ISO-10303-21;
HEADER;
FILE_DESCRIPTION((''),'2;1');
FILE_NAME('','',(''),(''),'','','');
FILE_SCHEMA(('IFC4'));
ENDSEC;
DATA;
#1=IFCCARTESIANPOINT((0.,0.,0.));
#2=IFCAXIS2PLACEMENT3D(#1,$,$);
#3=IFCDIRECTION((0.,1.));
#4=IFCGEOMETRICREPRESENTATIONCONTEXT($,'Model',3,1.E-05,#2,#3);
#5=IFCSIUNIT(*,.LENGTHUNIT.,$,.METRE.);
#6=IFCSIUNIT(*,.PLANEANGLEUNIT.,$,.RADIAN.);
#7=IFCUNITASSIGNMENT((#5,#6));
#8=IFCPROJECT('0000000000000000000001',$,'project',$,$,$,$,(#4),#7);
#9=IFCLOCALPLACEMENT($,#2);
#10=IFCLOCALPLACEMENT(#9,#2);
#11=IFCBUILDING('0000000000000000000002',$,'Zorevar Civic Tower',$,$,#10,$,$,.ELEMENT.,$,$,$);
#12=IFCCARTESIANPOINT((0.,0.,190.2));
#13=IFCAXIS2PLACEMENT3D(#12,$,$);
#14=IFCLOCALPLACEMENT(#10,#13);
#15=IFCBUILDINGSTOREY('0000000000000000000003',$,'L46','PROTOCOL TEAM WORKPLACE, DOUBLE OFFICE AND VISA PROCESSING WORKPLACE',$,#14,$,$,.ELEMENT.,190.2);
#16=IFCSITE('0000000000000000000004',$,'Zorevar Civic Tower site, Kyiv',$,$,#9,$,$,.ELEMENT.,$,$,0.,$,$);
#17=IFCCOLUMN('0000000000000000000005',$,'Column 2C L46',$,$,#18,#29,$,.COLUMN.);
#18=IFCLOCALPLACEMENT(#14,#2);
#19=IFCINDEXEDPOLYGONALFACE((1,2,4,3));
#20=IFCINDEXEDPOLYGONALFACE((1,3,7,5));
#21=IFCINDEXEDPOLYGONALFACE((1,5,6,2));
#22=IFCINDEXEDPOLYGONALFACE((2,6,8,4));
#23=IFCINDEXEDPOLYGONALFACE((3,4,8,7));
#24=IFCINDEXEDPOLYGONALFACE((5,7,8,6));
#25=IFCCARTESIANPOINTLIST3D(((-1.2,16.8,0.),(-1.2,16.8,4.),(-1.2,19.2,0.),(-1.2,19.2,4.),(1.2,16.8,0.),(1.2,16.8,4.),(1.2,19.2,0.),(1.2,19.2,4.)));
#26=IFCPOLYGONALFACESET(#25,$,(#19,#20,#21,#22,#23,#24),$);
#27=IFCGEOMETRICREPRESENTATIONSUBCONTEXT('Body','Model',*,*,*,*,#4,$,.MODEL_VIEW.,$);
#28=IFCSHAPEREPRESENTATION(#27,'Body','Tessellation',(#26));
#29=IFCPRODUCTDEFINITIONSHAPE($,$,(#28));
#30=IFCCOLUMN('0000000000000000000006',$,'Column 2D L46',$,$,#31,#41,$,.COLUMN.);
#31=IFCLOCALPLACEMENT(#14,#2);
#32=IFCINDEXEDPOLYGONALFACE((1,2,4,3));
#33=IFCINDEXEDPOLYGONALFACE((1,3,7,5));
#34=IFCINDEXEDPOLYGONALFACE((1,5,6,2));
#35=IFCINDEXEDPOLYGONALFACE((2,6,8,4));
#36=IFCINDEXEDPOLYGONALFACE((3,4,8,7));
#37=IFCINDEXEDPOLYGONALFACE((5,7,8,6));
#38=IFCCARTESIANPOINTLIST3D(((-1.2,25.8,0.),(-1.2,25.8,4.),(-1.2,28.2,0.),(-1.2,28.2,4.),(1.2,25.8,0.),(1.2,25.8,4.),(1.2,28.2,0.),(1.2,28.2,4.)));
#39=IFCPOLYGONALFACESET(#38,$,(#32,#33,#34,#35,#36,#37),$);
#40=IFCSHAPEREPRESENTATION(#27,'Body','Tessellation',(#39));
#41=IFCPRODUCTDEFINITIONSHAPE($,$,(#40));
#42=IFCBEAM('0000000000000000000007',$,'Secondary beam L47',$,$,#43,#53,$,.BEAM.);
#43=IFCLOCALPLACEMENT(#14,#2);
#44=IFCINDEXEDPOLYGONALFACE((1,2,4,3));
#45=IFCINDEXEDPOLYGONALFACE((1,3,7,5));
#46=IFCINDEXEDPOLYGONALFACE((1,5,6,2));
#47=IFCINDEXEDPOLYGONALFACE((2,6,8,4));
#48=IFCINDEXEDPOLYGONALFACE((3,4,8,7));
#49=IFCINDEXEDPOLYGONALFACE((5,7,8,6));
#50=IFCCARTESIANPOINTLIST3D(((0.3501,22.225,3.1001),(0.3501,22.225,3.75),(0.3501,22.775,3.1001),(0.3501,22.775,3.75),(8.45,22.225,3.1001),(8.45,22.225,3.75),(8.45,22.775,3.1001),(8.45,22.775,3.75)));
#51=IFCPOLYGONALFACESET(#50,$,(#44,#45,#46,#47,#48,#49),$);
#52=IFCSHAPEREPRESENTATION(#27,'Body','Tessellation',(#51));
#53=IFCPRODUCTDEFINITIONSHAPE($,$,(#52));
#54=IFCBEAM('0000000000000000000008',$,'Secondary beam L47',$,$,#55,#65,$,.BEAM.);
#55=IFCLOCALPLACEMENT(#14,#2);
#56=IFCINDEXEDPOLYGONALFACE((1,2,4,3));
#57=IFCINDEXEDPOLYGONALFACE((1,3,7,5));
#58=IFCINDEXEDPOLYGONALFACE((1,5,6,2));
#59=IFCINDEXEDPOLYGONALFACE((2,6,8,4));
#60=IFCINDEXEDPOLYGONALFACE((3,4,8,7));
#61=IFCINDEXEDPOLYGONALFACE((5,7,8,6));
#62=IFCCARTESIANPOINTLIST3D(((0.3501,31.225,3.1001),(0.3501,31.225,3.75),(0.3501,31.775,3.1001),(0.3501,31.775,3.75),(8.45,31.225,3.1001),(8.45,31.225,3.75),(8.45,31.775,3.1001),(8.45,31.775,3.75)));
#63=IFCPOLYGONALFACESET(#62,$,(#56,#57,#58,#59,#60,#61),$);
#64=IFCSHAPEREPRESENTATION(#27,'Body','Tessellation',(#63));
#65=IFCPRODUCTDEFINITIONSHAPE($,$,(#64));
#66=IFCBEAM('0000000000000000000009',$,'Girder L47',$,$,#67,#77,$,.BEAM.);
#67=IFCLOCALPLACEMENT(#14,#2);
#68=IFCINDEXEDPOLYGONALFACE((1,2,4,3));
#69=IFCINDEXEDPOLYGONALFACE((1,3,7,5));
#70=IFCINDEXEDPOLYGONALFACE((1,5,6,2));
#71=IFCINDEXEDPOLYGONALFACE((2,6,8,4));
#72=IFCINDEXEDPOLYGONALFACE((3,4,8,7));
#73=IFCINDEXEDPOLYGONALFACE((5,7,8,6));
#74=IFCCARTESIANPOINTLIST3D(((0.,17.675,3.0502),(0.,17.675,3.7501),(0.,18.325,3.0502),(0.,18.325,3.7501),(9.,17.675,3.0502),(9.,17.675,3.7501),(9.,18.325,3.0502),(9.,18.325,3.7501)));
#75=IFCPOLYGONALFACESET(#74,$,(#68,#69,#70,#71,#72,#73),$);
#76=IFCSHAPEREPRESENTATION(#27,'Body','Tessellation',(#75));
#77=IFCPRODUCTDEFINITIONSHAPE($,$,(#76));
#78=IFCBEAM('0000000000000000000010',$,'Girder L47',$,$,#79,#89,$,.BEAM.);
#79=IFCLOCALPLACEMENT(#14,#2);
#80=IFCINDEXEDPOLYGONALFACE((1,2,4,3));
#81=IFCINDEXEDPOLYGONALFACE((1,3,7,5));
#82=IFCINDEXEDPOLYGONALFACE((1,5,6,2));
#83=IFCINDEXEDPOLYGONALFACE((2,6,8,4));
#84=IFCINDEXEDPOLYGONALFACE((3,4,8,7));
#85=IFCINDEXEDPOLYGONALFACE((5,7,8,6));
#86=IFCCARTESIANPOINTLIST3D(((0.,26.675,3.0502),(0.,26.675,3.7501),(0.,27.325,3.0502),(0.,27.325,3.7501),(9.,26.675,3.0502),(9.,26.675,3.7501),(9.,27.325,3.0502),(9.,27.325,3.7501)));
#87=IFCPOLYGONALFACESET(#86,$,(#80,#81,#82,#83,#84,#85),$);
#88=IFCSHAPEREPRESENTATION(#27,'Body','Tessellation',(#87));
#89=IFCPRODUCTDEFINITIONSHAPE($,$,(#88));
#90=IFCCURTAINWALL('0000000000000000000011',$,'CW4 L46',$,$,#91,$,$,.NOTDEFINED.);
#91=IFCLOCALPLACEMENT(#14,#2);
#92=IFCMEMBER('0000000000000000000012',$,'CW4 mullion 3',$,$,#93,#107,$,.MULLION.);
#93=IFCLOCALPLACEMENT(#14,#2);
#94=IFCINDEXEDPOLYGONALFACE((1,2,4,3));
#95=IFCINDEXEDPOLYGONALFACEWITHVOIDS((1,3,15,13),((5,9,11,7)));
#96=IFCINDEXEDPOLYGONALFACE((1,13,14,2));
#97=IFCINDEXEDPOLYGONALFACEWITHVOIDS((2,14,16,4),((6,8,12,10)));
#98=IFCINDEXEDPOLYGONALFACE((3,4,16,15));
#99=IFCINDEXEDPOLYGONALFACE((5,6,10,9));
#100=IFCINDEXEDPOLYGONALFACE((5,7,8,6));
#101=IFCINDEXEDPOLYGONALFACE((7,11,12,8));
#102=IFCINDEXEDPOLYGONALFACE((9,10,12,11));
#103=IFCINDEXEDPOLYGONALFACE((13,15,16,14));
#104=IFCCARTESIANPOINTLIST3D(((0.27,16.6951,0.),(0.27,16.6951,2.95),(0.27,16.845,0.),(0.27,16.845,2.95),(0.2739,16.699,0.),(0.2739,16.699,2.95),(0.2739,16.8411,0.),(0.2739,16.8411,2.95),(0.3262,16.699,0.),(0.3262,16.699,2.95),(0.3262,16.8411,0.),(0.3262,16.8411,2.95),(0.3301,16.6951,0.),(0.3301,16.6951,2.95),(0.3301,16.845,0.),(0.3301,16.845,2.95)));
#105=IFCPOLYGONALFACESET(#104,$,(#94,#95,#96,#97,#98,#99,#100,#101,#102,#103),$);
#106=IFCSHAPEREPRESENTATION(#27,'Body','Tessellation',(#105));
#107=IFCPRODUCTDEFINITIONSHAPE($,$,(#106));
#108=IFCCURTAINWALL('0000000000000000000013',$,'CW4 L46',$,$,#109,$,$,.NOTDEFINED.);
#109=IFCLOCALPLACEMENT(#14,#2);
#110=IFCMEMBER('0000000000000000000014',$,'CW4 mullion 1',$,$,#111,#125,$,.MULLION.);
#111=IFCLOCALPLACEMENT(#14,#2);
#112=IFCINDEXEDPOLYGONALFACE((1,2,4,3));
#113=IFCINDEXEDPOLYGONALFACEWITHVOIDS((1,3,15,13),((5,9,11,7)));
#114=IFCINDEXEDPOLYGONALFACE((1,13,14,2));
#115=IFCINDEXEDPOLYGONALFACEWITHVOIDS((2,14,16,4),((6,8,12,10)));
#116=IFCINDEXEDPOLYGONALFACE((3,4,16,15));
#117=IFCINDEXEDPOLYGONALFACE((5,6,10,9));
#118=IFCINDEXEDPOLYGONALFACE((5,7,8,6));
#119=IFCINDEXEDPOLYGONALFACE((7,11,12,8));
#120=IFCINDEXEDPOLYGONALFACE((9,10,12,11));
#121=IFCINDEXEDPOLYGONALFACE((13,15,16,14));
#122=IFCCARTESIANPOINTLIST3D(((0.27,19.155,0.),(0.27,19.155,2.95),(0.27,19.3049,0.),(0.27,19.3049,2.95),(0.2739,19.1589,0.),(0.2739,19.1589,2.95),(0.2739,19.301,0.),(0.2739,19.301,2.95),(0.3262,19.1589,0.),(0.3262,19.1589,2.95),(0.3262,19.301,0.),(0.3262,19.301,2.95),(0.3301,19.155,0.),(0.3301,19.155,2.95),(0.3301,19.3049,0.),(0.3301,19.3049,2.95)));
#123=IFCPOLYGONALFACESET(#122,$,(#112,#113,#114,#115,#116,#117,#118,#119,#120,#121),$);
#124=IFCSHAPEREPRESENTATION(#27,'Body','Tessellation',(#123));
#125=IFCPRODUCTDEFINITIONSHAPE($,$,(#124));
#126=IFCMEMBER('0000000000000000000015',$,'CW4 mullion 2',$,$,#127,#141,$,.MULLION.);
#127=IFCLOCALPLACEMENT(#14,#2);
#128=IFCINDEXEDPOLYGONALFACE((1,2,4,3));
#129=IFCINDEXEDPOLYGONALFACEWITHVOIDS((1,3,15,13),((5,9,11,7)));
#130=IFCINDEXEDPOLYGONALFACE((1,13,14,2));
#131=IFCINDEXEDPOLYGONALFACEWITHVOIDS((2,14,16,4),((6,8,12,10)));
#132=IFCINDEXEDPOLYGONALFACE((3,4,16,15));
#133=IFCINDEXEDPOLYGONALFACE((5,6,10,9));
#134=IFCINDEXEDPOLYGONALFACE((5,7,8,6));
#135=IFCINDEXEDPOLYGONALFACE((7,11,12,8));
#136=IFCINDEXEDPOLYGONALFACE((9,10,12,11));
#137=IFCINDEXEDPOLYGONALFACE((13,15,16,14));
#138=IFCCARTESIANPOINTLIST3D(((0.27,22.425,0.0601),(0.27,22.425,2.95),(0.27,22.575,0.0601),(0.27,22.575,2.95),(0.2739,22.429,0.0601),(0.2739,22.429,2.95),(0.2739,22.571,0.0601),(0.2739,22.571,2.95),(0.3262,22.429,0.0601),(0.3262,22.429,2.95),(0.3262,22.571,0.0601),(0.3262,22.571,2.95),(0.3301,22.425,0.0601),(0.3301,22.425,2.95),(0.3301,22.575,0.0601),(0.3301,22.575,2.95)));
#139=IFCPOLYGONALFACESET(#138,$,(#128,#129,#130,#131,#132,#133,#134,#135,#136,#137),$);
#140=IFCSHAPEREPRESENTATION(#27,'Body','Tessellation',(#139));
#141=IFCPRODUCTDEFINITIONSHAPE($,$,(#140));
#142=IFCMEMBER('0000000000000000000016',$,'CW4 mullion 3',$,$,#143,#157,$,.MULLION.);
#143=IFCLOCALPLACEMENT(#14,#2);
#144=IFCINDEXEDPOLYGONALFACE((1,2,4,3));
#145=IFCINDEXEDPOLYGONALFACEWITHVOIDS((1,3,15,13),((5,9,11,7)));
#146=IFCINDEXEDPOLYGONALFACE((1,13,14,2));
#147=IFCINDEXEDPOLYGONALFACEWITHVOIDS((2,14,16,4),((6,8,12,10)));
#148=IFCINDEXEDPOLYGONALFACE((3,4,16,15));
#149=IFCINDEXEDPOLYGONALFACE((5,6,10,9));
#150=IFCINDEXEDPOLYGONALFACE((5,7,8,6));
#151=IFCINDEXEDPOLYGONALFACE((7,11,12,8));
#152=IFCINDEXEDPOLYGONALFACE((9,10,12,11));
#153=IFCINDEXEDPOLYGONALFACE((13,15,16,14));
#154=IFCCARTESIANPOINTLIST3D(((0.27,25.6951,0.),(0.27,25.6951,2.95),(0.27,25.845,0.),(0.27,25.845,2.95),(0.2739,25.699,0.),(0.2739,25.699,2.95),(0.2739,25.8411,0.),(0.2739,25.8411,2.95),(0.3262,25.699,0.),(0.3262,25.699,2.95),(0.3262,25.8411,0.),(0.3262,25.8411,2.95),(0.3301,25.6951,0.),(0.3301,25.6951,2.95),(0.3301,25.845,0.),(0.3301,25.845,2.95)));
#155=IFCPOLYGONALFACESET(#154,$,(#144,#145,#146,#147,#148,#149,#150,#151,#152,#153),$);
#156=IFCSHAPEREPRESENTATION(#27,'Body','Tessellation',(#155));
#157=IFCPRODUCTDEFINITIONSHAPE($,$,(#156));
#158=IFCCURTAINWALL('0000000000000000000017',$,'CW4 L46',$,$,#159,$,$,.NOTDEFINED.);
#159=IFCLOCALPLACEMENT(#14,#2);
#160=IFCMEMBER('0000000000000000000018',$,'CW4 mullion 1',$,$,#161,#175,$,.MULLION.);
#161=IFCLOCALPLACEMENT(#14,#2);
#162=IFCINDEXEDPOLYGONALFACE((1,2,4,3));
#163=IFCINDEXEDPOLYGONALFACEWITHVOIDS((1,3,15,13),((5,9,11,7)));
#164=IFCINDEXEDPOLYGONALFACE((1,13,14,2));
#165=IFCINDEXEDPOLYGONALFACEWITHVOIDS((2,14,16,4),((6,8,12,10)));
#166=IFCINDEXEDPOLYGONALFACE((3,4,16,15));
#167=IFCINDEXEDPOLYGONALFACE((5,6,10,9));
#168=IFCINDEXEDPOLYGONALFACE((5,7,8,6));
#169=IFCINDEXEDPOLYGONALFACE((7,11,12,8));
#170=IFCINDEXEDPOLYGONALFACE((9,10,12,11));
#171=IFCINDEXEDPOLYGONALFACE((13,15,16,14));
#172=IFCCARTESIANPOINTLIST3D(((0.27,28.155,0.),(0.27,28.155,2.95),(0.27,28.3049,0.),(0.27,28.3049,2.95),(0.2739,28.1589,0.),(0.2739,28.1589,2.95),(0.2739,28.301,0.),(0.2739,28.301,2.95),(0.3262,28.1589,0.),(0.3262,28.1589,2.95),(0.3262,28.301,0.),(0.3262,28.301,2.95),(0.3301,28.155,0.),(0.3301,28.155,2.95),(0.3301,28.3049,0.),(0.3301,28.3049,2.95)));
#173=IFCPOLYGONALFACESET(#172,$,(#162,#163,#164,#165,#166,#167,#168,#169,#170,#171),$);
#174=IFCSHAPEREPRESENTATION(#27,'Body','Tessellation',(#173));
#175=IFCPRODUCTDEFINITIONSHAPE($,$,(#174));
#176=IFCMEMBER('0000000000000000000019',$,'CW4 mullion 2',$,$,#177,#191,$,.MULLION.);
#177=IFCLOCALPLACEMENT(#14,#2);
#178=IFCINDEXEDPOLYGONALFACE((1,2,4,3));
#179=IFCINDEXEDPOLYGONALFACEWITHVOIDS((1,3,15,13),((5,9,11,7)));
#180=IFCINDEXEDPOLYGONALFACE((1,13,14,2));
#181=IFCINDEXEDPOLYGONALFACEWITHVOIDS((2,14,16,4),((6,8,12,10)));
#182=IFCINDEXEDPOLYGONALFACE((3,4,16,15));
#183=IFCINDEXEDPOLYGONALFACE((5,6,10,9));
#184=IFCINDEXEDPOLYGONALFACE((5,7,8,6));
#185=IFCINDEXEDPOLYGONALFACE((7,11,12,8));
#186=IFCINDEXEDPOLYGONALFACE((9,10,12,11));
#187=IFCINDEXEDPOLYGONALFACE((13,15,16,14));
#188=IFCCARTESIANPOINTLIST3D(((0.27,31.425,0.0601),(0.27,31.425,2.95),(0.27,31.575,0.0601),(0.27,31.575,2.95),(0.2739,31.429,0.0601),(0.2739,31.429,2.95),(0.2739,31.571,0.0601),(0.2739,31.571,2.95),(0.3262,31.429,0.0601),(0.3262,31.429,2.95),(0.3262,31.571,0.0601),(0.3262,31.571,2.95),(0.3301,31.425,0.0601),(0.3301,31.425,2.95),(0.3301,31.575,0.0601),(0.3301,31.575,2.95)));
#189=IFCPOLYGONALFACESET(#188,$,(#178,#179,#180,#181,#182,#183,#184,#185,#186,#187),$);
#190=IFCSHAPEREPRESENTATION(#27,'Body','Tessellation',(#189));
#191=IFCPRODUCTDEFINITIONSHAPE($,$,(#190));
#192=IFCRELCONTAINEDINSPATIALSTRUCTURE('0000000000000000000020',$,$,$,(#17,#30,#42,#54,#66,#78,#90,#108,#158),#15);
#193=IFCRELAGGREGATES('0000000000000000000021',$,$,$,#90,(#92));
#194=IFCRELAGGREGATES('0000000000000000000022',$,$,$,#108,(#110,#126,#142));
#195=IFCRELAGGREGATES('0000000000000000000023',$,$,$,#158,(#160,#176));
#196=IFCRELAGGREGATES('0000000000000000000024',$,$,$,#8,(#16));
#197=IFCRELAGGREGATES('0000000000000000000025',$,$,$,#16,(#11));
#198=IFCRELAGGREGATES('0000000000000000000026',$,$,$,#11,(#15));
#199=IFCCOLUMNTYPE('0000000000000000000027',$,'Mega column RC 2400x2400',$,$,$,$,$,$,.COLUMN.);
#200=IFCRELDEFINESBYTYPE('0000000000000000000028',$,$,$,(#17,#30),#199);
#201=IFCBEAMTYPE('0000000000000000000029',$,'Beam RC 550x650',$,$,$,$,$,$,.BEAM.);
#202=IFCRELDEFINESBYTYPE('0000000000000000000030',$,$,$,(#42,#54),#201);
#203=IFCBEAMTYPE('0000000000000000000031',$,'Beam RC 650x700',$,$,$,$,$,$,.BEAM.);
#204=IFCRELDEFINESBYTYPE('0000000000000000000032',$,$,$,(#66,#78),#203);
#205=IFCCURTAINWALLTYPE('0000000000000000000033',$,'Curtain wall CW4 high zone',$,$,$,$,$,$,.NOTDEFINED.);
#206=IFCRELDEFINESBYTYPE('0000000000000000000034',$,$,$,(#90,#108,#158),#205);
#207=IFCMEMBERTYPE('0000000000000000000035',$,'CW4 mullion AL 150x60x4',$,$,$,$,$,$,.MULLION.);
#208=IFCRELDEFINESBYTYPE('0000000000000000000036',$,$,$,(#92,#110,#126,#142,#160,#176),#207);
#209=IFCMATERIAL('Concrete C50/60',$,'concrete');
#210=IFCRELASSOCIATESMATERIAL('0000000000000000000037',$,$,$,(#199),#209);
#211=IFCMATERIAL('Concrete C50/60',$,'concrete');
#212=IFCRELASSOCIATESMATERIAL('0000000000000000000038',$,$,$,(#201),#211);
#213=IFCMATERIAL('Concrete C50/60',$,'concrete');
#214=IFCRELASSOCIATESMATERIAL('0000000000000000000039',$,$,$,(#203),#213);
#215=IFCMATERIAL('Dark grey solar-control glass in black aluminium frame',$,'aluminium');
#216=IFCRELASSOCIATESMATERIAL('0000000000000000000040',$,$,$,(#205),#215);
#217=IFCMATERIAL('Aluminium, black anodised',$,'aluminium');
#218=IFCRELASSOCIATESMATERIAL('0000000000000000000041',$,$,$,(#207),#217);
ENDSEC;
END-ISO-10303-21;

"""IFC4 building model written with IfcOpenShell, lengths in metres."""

from ifc_helpers import new_model, si_unit, direction, frame, origin, origin_2d, place, context, subcontext, project, spatial, rectangle, hollow_rectangle, extrude, material, material_profile, profile_set, type_object, element, aggregate, save


model = new_model("IFC4")

# Units and contexts
model_context = context("Model", 3, precision=1e-05, world=origin(), true_north=direction((0.0, 1.0)))
body_context = subcontext(model_context, "Body", "Model", "MODEL_VIEW")
ifc_project = project(units=[si_unit("LENGTHUNIT", "METRE"), si_unit("PLANEANGLEUNIT", "RADIAN")], contexts=[model_context])

# Site, building, storey
site_placement = place(None, origin())
site = spatial("IfcSite", under=ifc_project, at=site_placement, Name="Zorevar Civic Tower site, Kyiv", CompositionType="ELEMENT", RefElevation=0.0)
building_placement = place(site_placement, origin())
building = spatial("IfcBuilding", under=site, at=building_placement, Name="Zorevar Civic Tower", CompositionType="ELEMENT")
storey_placement = place(building_placement, frame((0.0, 0.0, 190.2)))
storey = spatial("IfcBuildingStorey", under=building, at=storey_placement, Name="L46", Description="PROTOCOL TEAM WORKPLACE, DOUBLE OFFICE AND VISA PROCESSING WORKPLACE", CompositionType="ELEMENT", Elevation=190.2)

# Columns
ifc_material_1 = material(Name="Concrete C50/60", Category="concrete")
ifc_material_profile_1 = material_profile(ifc_material_1, rectangle(XDim=2.3999, YDim=2.3999, at=origin_2d()), Name="RC 2400x2400")
ifc_profile_set_1 = profile_set([ifc_material_profile_1], Name="Concrete C50/60")
column_type = type_object("IfcColumnType", Name="Mega column RC 2400x2400", PredefinedType="COLUMN", material=ifc_profile_set_1)
for number, where, z_axis, x_axis, name in (
    (1, (0.0, 18.0, 0.0), (0.0, 0.0, 1.0), (1.0, 0.0, 0.0), "Column 2C L46"),
    (2, (0.0, 27.0, 0.0), (0.0, 0.0, 1.0), (1.0, 0.0, 0.0), "Column 2D L46"),
):
    element("IfcColumn", number, at=place(storey_placement, frame(where, z_axis=z_axis, x_axis=x_axis)), inside=storey, type_object=column_type, Name=name, PredefinedType="COLUMN", context=body_context, shape_type="SweptSolid", body=[
        extrude(rectangle(XDim=2.3999, YDim=2.3999, at=origin_2d()), origin(), (0.0, 0.0, 1.0), 4.0),
    ])

# Beams
ifc_material_2 = material(Name="Concrete C50/60", Category="concrete")
ifc_material_profile_2 = material_profile(ifc_material_2, rectangle(XDim=0.55, YDim=0.6499, at=origin_2d()), Name="RC 550x650")
ifc_profile_set_2 = profile_set([ifc_material_profile_2], Name="Concrete C50/60")
beam_type_1 = type_object("IfcBeamType", Name="Beam RC 550x650", PredefinedType="BEAM", material=ifc_profile_set_2)
for number, where, z_axis, x_axis, name in (
    (3, (0.3501, 22.5, 3.425), (1.0, 0.0, 0.0), (0.0, 1.0, 0.0), "Secondary beam L47"),
    (4, (0.3501, 31.5, 3.425), (1.0, 0.0, 0.0), (0.0, 1.0, 0.0), "Secondary beam L47"),
):
    element("IfcBeam", number, at=place(storey_placement, frame(where, z_axis=z_axis, x_axis=x_axis)), inside=storey, type_object=beam_type_1, Name=name, PredefinedType="BEAM", context=body_context, shape_type="SweptSolid", body=[
        extrude(rectangle(XDim=0.55, YDim=0.6499, at=origin_2d()), origin(), (0.0, 0.0, 1.0), 8.0999),
    ])
ifc_material_3 = material(Name="Concrete C50/60", Category="concrete")
ifc_material_profile_3 = material_profile(ifc_material_3, rectangle(XDim=0.6499, YDim=0.7, at=origin_2d()), Name="RC 650x700")
ifc_profile_set_3 = profile_set([ifc_material_profile_3], Name="Concrete C50/60")
beam_type_2 = type_object("IfcBeamType", Name="Beam RC 650x700", PredefinedType="BEAM", material=ifc_profile_set_3)
for number, where, z_axis, x_axis, name in (
    (5, (0.0, 18.0, 3.4001), (1.0, 0.0, 0.0), (0.0, 1.0, 0.0), "Girder L47"),
    (6, (0.0, 27.0, 3.4001), (1.0, 0.0, 0.0), (0.0, 1.0, 0.0), "Girder L47"),
):
    element("IfcBeam", number, at=place(storey_placement, frame(where, z_axis=z_axis, x_axis=x_axis)), inside=storey, type_object=beam_type_2, Name=name, PredefinedType="BEAM", context=body_context, shape_type="SweptSolid", body=[
        extrude(rectangle(XDim=0.6499, YDim=0.7, at=origin_2d()), origin(), (0.0, 0.0, 1.0), 9.0),
    ])

# Curtain wall, member
ifc_material_4 = material(Name="Dark grey solar-control glass in black aluminium frame", Category="aluminium")
curtain_wall_type = type_object("IfcCurtainWallType", Name="Curtain wall CW4 high zone", PredefinedType="NOTDEFINED", material=ifc_material_4)
curtain_wall_1_placement = place(storey_placement, origin())
curtain_wall_1 = element("IfcCurtainWall", 7, at=curtain_wall_1_placement, inside=storey, type_object=curtain_wall_type, Name="CW4 L46", PredefinedType="NOTDEFINED")
ifc_material_5 = material(Name="Aluminium, black anodised", Category="aluminium")
ifc_material_profile_4 = material_profile(ifc_material_5, hollow_rectangle(XDim=0.0601, YDim=0.1499, WallThickness=0.0039, at=origin_2d()), Name="AL 150x60x4")
ifc_profile_set_4 = profile_set([ifc_material_profile_4], Name="Aluminium, black anodised")
member_type_1 = type_object("IfcMemberType", Name="CW4 mullion AL 150x60x4", PredefinedType="MULLION", material=ifc_profile_set_4)
member_1_placement = place(storey_placement, frame((0.3, 16.77, 0.0), z_axis=(0.0, 0.0, 1.0), x_axis=(-1.0, 0.0, 0.0)))
member_1 = element("IfcMember", 8, at=member_1_placement, type_object=member_type_1, Name="CW4 mullion 3", PredefinedType="MULLION", context=body_context, shape_type="SweptSolid", body=[
    extrude(hollow_rectangle(XDim=0.0601, YDim=0.1499, WallThickness=0.0039, at=origin_2d()), origin(), (0.0, 0.0, 1.0), 2.95),
])
aggregate(curtain_wall_1, [member_1])

# Curtain walls, members
curtain_wall_2_placement = place(storey_placement, origin())
curtain_wall_2 = element("IfcCurtainWall", 9, at=curtain_wall_2_placement, inside=storey, type_object=curtain_wall_type, Name="CW4 L46", PredefinedType="NOTDEFINED")
member_2_placement = place(storey_placement, frame((0.3, 19.23, 0.0), z_axis=(0.0, 0.0, 1.0), x_axis=(-1.0, 0.0, 0.0)))
member_2 = element("IfcMember", 10, at=member_2_placement, type_object=member_type_1, Name="CW4 mullion 1", PredefinedType="MULLION", context=body_context, shape_type="SweptSolid", body=[
    extrude(hollow_rectangle(XDim=0.0601, YDim=0.1499, WallThickness=0.0039, at=origin_2d()), origin(), (0.0, 0.0, 1.0), 2.95),
])
member_3_placement = place(storey_placement, frame((0.3, 22.5, 0.0601), z_axis=(0.0, 0.0, 1.0), x_axis=(-1.0, 0.0, 0.0)))
member_3 = element("IfcMember", 11, at=member_3_placement, type_object=member_type_1, Name="CW4 mullion 2", PredefinedType="MULLION", context=body_context, shape_type="SweptSolid", body=[
    extrude(hollow_rectangle(XDim=0.0601, YDim=0.1499, WallThickness=0.0039, at=origin_2d()), origin(), (0.0, 0.0, 1.0), 2.8899),
])
member_4_placement = place(storey_placement, frame((0.3, 25.77, 0.0), z_axis=(0.0, 0.0, 1.0), x_axis=(-1.0, 0.0, 0.0)))
member_4 = element("IfcMember", 12, at=member_4_placement, type_object=member_type_1, Name="CW4 mullion 3", PredefinedType="MULLION", context=body_context, shape_type="SweptSolid", body=[
    extrude(hollow_rectangle(XDim=0.0601, YDim=0.1499, WallThickness=0.0039, at=origin_2d()), origin(), (0.0, 0.0, 1.0), 2.95),
])
curtain_wall_3_placement = place(storey_placement, origin())
curtain_wall_3 = element("IfcCurtainWall", 13, at=curtain_wall_3_placement, inside=storey, type_object=curtain_wall_type, Name="CW4 L46", PredefinedType="NOTDEFINED")
member_5_placement = place(storey_placement, frame((0.3, 28.23, 0.0), z_axis=(0.0, 0.0, 1.0), x_axis=(-1.0, 0.0, 0.0)))
member_5 = element("IfcMember", 14, at=member_5_placement, type_object=member_type_1, Name="CW4 mullion 1", PredefinedType="MULLION", context=body_context, shape_type="SweptSolid", body=[
    extrude(hollow_rectangle(XDim=0.0601, YDim=0.1499, WallThickness=0.0039, at=origin_2d()), origin(), (0.0, 0.0, 1.0), 2.95),
])
member_6_placement = place(storey_placement, frame((0.3, 31.5, 0.0601), z_axis=(0.0, 0.0, 1.0), x_axis=(-1.0, 0.0, 0.0)))
member_6 = element("IfcMember", 15, at=member_6_placement, type_object=member_type_1, Name="CW4 mullion 2", PredefinedType="MULLION", context=body_context, shape_type="SweptSolid", body=[
    extrude(hollow_rectangle(XDim=0.0601, YDim=0.1499, WallThickness=0.0039, at=origin_2d()), origin(), (0.0, 0.0, 1.0), 2.8899),
])

aggregate(curtain_wall_2, [member_2, member_3, member_4])
aggregate(curtain_wall_3, [member_5, member_6])

save(model, "model.ifc")
